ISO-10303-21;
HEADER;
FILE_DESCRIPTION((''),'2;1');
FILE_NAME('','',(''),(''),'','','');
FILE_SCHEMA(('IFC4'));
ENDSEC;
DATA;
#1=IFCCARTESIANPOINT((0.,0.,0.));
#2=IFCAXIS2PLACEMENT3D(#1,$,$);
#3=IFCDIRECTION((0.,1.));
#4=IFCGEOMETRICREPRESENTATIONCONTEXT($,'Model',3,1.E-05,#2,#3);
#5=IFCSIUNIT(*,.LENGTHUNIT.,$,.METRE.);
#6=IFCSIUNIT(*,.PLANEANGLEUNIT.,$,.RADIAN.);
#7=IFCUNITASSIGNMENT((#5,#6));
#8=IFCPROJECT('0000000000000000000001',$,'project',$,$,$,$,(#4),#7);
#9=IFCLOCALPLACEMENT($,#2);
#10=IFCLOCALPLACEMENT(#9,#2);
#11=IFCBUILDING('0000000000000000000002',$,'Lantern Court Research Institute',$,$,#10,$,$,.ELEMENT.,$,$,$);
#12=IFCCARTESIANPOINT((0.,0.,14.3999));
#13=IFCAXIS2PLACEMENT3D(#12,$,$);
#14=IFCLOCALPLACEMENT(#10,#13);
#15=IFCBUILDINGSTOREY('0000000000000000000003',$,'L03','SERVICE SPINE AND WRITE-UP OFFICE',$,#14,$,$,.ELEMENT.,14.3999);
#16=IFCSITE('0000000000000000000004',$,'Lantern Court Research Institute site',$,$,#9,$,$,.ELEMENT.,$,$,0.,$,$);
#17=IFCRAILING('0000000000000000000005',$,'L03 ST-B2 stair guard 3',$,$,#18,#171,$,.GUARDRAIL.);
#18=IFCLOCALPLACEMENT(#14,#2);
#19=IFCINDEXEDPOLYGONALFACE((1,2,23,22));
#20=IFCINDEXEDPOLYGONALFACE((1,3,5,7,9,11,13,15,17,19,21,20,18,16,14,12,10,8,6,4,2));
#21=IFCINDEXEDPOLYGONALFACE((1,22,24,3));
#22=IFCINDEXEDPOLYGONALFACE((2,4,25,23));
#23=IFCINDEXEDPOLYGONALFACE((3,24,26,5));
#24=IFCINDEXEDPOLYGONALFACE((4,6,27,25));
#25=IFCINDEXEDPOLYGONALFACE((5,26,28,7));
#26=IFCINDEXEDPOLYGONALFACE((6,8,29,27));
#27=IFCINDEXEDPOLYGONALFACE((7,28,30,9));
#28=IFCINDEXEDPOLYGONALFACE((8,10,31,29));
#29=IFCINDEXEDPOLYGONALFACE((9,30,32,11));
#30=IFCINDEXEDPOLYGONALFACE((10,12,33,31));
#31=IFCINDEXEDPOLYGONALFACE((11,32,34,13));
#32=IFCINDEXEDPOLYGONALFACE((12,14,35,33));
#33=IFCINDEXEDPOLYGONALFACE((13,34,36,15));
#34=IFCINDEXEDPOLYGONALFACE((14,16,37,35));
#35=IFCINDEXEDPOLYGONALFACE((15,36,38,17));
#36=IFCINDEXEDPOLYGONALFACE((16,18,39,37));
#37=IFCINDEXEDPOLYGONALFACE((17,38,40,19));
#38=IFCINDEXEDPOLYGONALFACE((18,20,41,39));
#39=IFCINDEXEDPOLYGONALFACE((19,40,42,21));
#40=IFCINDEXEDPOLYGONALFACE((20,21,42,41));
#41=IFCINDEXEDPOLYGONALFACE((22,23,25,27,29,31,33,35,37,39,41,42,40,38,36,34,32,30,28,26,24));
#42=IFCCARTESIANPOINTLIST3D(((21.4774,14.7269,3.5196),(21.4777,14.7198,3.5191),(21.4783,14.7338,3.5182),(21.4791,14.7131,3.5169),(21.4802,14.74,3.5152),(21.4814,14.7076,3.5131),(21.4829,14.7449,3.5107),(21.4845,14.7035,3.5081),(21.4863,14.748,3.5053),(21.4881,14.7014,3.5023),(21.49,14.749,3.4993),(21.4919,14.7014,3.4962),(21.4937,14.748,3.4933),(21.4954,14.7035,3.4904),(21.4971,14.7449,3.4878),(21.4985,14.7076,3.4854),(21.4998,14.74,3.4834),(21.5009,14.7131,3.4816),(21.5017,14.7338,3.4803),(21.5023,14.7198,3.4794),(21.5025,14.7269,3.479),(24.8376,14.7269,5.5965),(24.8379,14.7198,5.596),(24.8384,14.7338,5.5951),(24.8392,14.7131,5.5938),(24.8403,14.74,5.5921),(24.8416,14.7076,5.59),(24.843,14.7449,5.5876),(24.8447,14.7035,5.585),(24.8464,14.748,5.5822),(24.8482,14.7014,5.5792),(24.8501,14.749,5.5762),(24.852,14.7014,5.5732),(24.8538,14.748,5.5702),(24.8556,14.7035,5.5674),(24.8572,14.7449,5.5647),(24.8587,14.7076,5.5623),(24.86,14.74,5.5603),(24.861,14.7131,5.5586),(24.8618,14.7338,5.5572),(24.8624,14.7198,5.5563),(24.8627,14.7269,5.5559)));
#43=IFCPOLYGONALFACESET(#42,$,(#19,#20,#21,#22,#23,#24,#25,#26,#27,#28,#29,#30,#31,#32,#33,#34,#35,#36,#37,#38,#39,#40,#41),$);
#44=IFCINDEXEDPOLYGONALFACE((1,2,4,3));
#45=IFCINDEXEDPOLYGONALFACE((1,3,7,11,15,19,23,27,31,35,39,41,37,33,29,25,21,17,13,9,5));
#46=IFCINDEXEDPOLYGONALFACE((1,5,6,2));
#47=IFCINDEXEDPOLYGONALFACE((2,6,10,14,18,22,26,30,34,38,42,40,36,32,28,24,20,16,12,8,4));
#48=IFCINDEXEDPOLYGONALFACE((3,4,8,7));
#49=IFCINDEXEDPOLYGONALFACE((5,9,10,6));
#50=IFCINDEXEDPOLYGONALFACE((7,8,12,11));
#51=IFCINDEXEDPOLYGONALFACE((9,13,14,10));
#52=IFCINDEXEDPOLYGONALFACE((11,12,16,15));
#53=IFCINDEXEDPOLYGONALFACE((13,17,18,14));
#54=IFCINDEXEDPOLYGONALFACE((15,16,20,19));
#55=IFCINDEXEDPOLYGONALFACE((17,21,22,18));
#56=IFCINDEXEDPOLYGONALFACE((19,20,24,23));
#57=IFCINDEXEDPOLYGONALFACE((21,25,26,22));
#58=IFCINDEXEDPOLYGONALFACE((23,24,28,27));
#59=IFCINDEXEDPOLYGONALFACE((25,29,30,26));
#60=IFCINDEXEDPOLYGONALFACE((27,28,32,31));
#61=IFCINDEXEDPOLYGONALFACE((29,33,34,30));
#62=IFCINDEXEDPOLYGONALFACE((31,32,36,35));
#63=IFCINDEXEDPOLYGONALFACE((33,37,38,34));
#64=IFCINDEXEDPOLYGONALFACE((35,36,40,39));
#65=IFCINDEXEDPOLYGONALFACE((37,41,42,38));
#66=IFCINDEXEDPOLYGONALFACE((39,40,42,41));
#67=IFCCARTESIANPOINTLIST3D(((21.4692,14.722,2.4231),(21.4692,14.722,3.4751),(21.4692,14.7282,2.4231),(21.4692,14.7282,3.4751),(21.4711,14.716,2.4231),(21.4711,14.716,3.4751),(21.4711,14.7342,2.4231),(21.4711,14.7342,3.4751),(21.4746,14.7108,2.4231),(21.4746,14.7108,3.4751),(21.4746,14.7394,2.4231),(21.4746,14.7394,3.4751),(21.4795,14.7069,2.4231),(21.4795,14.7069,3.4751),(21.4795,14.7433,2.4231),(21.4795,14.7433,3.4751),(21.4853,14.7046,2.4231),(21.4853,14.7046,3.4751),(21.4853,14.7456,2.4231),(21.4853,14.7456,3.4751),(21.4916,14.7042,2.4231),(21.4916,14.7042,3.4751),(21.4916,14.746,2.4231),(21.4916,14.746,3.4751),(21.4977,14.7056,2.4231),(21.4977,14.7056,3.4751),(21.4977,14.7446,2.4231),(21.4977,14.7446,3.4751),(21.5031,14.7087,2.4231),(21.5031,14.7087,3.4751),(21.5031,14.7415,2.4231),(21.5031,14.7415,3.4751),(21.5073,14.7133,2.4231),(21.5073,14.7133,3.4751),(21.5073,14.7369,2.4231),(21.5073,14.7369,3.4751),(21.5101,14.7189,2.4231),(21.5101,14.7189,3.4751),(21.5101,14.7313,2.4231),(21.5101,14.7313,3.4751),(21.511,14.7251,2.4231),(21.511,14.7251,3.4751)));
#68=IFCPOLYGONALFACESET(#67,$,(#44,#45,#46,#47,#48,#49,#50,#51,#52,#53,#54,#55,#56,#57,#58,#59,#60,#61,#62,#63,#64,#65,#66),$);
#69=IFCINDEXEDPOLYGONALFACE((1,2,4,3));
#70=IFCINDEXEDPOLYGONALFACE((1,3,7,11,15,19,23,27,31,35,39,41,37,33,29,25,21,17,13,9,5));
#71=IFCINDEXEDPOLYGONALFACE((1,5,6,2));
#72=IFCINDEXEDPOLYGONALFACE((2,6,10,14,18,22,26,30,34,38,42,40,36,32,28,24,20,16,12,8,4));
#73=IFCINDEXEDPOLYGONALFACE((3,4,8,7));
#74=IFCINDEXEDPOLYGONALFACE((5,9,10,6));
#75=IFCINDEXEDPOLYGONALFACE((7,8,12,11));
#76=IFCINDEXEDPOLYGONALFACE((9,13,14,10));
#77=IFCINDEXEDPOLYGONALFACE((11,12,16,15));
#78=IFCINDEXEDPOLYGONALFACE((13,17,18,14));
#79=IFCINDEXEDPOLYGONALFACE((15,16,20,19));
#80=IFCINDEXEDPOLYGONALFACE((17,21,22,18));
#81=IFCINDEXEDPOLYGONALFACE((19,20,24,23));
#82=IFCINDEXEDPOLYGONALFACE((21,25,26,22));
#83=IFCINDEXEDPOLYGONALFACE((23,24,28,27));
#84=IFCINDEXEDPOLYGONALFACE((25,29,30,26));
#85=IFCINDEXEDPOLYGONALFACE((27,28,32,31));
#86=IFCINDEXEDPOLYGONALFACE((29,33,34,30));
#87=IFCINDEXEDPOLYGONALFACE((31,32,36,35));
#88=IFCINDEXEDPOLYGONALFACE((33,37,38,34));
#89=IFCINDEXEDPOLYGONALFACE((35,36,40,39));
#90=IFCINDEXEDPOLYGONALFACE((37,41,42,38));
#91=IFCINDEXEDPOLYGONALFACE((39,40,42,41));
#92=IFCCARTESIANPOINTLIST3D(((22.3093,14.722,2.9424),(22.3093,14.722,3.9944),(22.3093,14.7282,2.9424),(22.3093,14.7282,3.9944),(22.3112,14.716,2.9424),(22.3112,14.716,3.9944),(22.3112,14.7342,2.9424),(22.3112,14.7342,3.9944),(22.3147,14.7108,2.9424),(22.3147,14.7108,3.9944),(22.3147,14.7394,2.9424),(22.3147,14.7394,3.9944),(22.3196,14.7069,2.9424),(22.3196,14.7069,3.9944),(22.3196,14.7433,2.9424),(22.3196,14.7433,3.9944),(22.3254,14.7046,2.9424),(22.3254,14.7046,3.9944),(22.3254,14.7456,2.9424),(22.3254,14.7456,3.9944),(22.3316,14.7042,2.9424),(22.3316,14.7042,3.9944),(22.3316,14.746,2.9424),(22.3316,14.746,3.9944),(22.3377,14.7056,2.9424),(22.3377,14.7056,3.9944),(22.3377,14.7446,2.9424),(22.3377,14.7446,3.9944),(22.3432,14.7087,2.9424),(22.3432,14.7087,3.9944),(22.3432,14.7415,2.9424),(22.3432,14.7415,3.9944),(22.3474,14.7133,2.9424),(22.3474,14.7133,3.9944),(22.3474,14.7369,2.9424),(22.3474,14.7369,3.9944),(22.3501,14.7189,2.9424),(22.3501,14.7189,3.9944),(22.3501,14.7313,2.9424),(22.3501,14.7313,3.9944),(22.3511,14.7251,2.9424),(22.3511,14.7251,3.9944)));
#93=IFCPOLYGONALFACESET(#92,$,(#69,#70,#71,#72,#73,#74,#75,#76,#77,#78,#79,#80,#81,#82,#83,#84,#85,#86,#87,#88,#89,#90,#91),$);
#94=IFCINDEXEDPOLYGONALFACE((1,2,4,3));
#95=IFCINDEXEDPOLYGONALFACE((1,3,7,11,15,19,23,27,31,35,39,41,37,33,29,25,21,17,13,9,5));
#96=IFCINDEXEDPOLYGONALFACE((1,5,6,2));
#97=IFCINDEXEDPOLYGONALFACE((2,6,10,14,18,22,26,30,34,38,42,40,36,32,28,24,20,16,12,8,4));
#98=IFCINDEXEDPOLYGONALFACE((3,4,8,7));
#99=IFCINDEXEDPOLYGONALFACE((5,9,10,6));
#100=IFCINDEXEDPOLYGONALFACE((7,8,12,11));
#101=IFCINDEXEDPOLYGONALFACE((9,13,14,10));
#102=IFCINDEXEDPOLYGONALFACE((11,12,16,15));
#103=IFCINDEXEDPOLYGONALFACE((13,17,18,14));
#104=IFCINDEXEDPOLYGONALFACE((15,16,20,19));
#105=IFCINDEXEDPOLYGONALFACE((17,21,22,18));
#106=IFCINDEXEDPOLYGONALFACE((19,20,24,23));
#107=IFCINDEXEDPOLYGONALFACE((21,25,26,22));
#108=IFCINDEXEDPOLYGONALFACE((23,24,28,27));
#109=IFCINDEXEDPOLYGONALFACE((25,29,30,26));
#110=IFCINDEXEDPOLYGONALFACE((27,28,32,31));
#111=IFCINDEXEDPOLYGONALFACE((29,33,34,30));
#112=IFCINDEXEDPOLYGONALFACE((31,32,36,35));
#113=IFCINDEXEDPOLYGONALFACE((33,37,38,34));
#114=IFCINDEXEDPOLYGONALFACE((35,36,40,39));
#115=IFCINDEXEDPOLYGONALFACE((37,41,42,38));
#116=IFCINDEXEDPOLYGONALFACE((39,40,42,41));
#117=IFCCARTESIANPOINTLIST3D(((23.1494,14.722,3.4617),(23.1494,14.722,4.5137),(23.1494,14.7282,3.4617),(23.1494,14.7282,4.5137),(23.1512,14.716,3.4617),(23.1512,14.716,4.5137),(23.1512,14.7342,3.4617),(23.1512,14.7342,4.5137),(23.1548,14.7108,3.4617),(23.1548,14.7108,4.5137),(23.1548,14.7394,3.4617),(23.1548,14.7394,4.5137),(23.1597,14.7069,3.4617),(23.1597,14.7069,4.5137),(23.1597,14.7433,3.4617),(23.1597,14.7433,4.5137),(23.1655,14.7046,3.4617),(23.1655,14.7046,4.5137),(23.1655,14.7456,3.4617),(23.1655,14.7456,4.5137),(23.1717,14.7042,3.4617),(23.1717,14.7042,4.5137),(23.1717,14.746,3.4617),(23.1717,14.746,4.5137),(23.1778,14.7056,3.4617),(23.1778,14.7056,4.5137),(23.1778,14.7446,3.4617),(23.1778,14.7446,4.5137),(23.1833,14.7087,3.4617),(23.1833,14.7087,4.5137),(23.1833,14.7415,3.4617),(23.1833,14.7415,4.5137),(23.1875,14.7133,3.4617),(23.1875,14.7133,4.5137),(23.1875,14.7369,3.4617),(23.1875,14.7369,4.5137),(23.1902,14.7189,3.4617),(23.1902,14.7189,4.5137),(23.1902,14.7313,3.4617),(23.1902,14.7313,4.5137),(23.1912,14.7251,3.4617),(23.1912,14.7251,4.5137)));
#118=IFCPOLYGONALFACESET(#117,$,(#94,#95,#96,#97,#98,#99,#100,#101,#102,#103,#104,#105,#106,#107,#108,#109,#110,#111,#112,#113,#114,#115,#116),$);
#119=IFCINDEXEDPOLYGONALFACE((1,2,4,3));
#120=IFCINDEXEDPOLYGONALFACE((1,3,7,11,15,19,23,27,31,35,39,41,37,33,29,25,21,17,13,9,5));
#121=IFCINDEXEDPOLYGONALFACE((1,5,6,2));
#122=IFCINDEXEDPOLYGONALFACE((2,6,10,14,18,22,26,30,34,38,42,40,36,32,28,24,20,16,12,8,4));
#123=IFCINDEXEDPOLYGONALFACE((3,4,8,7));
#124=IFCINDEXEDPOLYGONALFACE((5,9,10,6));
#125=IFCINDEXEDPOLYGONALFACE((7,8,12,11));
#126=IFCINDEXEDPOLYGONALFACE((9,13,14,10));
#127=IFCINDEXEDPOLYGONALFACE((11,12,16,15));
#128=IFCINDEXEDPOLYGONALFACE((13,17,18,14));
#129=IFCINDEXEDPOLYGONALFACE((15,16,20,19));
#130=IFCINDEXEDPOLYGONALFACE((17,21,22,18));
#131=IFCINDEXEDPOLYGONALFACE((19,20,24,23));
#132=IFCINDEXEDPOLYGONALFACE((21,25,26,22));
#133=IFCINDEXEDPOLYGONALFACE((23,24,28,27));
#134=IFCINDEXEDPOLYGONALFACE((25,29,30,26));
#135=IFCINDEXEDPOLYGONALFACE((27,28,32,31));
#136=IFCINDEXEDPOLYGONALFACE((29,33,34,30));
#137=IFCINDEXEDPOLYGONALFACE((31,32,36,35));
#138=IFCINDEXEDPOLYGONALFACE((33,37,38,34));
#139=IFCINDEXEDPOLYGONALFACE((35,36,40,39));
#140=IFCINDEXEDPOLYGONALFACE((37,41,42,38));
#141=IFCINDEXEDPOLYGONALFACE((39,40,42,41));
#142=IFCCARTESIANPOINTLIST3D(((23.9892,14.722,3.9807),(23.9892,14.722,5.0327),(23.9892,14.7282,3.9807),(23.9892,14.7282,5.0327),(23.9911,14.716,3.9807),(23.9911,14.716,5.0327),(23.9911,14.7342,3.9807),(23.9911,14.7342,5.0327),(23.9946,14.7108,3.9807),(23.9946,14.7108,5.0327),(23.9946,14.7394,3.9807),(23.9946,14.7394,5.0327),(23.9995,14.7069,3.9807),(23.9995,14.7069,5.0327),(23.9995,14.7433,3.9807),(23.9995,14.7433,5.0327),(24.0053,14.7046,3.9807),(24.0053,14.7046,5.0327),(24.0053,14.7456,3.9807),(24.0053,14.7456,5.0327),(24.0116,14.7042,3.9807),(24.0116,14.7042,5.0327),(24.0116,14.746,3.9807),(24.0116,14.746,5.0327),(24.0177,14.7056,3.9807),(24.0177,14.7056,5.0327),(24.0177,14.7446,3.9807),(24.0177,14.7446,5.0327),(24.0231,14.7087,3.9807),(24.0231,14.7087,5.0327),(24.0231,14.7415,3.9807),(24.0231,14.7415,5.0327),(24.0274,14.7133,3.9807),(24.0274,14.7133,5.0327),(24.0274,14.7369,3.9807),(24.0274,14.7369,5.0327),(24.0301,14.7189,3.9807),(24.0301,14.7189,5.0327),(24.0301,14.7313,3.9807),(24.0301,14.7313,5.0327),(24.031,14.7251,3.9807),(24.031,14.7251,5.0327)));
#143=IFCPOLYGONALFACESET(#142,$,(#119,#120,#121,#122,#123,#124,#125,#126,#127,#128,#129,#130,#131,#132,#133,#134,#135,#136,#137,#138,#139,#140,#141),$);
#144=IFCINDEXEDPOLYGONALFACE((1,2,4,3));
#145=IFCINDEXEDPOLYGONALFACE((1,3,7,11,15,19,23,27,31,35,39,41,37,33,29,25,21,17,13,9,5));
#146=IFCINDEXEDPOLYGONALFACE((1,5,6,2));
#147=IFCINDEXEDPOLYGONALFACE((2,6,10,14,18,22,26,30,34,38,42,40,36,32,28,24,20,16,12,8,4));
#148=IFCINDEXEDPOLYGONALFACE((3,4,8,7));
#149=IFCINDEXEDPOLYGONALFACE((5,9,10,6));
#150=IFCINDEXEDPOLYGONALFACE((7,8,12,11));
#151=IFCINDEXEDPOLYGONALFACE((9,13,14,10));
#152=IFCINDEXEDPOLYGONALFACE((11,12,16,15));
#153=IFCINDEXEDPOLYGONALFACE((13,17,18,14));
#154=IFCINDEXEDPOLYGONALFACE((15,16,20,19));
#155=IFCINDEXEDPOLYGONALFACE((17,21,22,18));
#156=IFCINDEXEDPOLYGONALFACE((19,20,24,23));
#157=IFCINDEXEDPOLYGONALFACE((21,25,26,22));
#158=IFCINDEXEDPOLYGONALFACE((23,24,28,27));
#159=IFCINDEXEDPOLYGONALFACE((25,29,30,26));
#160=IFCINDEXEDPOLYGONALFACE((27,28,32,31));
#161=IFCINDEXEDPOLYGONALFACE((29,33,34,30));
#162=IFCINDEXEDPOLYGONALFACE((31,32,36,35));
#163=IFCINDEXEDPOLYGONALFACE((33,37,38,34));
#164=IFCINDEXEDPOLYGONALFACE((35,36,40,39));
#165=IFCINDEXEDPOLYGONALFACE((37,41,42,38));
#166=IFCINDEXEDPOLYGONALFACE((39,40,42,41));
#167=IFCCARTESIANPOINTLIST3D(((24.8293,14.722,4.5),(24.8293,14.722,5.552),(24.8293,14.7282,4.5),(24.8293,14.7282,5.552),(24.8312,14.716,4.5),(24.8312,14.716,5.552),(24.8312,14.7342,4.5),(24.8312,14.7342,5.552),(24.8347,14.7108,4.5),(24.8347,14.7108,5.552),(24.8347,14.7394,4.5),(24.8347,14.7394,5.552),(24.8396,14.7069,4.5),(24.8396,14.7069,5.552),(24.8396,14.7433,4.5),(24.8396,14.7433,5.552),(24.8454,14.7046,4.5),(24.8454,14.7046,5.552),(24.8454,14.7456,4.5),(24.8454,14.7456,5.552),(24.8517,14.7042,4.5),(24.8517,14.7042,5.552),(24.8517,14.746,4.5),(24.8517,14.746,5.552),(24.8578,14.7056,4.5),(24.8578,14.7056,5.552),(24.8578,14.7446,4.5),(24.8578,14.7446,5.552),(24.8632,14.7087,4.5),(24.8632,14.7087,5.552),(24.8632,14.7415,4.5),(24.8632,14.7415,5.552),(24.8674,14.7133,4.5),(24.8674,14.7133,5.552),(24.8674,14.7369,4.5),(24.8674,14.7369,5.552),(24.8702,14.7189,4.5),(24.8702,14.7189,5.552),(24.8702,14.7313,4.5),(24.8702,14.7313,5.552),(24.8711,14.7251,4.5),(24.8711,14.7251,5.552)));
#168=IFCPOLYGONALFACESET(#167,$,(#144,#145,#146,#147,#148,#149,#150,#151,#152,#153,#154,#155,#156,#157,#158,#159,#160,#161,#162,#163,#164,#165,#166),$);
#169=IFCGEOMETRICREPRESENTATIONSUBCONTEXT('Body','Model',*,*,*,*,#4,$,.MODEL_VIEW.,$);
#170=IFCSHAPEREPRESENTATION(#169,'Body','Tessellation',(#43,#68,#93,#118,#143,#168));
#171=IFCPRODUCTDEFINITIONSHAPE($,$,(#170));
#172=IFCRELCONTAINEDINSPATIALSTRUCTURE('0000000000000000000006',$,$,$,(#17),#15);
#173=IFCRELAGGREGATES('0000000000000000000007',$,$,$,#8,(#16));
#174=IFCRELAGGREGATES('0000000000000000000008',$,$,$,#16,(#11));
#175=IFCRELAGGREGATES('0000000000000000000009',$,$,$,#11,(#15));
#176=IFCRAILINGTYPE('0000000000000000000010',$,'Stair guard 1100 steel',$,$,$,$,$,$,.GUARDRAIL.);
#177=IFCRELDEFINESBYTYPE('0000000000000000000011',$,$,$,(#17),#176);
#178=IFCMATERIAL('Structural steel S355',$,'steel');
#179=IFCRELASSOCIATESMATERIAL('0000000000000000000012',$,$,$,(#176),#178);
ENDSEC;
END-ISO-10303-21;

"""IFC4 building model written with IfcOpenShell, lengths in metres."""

from ifc_helpers import new_model, si_unit, direction, frame, origin, origin_2d, place, context, subcontext, project, spatial, circle, extrude, material, type_object, element, save


model = new_model("IFC4")

# Units and contexts
model_context = context("Model", 3, precision=1e-05, world=origin(), true_north=direction((0.0, 1.0)))
body_context = subcontext(model_context, "Body", "Model", "MODEL_VIEW")
ifc_project = project(units=[si_unit("LENGTHUNIT", "METRE"), si_unit("PLANEANGLEUNIT", "RADIAN")], contexts=[model_context])

# Site, building, storey
site_placement = place(None, origin())
site = spatial("IfcSite", under=ifc_project, at=site_placement, Name="Lantern Court Research Institute site", CompositionType="ELEMENT", RefElevation=0.0)
building_placement = place(site_placement, origin())
building = spatial("IfcBuilding", under=site, at=building_placement, Name="Lantern Court Research Institute", CompositionType="ELEMENT")
storey_placement = place(building_placement, frame((0.0, 0.0, 14.3999)))
storey = spatial("IfcBuildingStorey", under=building, at=storey_placement, Name="L03", Description="SERVICE SPINE AND WRITE-UP OFFICE", CompositionType="ELEMENT", Elevation=14.3999)

# Railing
ifc_material_1 = material(Name="Structural steel S355", Category="steel")
railing_type_1 = type_object("IfcRailingType", Name="Stair guard 1100 steel", PredefinedType="GUARDRAIL", material=ifc_material_1)
railing_1_placement = place(storey_placement, frame((21.49, 14.7251, 2.4231)))
element("IfcRailing", 1, at=railing_1_placement, inside=storey, type_object=railing_type_1, Name="L03 ST-B2 stair guard 3", PredefinedType="GUARDRAIL", context=body_context, shape_type="SweptSolid", body=[
    extrude(circle(Radius=0.0239, at=origin_2d()), frame((0.0, 0.0, 1.0762), z_axis=(0.850623, 0.0, 0.525776), x_axis=(0.0, 1.0, 0.0)), (0.0, 0.0, 1.0), 3.9502),
    extrude(circle(Radius=0.021, at=origin_2d()), origin(), (0.0, 0.0, 1.0), 1.052),
    extrude(circle(Radius=0.021, at=origin_2d()), frame((0.8401, 0.0, 0.5193)), (0.0, 0.0, 1.0), 1.052),
    extrude(circle(Radius=0.021, at=origin_2d()), frame((1.6802, 0.0, 1.0386)), (0.0, 0.0, 1.0), 1.052),
    extrude(circle(Radius=0.021, at=origin_2d()), frame((2.52, 0.0, 1.5576)), (0.0, 0.0, 1.0), 1.052),
    extrude(circle(Radius=0.021, at=origin_2d()), frame((3.3601, 0.0, 2.0769)), (0.0, 0.0, 1.0), 1.052),
])

save(model, "model.ifc")
